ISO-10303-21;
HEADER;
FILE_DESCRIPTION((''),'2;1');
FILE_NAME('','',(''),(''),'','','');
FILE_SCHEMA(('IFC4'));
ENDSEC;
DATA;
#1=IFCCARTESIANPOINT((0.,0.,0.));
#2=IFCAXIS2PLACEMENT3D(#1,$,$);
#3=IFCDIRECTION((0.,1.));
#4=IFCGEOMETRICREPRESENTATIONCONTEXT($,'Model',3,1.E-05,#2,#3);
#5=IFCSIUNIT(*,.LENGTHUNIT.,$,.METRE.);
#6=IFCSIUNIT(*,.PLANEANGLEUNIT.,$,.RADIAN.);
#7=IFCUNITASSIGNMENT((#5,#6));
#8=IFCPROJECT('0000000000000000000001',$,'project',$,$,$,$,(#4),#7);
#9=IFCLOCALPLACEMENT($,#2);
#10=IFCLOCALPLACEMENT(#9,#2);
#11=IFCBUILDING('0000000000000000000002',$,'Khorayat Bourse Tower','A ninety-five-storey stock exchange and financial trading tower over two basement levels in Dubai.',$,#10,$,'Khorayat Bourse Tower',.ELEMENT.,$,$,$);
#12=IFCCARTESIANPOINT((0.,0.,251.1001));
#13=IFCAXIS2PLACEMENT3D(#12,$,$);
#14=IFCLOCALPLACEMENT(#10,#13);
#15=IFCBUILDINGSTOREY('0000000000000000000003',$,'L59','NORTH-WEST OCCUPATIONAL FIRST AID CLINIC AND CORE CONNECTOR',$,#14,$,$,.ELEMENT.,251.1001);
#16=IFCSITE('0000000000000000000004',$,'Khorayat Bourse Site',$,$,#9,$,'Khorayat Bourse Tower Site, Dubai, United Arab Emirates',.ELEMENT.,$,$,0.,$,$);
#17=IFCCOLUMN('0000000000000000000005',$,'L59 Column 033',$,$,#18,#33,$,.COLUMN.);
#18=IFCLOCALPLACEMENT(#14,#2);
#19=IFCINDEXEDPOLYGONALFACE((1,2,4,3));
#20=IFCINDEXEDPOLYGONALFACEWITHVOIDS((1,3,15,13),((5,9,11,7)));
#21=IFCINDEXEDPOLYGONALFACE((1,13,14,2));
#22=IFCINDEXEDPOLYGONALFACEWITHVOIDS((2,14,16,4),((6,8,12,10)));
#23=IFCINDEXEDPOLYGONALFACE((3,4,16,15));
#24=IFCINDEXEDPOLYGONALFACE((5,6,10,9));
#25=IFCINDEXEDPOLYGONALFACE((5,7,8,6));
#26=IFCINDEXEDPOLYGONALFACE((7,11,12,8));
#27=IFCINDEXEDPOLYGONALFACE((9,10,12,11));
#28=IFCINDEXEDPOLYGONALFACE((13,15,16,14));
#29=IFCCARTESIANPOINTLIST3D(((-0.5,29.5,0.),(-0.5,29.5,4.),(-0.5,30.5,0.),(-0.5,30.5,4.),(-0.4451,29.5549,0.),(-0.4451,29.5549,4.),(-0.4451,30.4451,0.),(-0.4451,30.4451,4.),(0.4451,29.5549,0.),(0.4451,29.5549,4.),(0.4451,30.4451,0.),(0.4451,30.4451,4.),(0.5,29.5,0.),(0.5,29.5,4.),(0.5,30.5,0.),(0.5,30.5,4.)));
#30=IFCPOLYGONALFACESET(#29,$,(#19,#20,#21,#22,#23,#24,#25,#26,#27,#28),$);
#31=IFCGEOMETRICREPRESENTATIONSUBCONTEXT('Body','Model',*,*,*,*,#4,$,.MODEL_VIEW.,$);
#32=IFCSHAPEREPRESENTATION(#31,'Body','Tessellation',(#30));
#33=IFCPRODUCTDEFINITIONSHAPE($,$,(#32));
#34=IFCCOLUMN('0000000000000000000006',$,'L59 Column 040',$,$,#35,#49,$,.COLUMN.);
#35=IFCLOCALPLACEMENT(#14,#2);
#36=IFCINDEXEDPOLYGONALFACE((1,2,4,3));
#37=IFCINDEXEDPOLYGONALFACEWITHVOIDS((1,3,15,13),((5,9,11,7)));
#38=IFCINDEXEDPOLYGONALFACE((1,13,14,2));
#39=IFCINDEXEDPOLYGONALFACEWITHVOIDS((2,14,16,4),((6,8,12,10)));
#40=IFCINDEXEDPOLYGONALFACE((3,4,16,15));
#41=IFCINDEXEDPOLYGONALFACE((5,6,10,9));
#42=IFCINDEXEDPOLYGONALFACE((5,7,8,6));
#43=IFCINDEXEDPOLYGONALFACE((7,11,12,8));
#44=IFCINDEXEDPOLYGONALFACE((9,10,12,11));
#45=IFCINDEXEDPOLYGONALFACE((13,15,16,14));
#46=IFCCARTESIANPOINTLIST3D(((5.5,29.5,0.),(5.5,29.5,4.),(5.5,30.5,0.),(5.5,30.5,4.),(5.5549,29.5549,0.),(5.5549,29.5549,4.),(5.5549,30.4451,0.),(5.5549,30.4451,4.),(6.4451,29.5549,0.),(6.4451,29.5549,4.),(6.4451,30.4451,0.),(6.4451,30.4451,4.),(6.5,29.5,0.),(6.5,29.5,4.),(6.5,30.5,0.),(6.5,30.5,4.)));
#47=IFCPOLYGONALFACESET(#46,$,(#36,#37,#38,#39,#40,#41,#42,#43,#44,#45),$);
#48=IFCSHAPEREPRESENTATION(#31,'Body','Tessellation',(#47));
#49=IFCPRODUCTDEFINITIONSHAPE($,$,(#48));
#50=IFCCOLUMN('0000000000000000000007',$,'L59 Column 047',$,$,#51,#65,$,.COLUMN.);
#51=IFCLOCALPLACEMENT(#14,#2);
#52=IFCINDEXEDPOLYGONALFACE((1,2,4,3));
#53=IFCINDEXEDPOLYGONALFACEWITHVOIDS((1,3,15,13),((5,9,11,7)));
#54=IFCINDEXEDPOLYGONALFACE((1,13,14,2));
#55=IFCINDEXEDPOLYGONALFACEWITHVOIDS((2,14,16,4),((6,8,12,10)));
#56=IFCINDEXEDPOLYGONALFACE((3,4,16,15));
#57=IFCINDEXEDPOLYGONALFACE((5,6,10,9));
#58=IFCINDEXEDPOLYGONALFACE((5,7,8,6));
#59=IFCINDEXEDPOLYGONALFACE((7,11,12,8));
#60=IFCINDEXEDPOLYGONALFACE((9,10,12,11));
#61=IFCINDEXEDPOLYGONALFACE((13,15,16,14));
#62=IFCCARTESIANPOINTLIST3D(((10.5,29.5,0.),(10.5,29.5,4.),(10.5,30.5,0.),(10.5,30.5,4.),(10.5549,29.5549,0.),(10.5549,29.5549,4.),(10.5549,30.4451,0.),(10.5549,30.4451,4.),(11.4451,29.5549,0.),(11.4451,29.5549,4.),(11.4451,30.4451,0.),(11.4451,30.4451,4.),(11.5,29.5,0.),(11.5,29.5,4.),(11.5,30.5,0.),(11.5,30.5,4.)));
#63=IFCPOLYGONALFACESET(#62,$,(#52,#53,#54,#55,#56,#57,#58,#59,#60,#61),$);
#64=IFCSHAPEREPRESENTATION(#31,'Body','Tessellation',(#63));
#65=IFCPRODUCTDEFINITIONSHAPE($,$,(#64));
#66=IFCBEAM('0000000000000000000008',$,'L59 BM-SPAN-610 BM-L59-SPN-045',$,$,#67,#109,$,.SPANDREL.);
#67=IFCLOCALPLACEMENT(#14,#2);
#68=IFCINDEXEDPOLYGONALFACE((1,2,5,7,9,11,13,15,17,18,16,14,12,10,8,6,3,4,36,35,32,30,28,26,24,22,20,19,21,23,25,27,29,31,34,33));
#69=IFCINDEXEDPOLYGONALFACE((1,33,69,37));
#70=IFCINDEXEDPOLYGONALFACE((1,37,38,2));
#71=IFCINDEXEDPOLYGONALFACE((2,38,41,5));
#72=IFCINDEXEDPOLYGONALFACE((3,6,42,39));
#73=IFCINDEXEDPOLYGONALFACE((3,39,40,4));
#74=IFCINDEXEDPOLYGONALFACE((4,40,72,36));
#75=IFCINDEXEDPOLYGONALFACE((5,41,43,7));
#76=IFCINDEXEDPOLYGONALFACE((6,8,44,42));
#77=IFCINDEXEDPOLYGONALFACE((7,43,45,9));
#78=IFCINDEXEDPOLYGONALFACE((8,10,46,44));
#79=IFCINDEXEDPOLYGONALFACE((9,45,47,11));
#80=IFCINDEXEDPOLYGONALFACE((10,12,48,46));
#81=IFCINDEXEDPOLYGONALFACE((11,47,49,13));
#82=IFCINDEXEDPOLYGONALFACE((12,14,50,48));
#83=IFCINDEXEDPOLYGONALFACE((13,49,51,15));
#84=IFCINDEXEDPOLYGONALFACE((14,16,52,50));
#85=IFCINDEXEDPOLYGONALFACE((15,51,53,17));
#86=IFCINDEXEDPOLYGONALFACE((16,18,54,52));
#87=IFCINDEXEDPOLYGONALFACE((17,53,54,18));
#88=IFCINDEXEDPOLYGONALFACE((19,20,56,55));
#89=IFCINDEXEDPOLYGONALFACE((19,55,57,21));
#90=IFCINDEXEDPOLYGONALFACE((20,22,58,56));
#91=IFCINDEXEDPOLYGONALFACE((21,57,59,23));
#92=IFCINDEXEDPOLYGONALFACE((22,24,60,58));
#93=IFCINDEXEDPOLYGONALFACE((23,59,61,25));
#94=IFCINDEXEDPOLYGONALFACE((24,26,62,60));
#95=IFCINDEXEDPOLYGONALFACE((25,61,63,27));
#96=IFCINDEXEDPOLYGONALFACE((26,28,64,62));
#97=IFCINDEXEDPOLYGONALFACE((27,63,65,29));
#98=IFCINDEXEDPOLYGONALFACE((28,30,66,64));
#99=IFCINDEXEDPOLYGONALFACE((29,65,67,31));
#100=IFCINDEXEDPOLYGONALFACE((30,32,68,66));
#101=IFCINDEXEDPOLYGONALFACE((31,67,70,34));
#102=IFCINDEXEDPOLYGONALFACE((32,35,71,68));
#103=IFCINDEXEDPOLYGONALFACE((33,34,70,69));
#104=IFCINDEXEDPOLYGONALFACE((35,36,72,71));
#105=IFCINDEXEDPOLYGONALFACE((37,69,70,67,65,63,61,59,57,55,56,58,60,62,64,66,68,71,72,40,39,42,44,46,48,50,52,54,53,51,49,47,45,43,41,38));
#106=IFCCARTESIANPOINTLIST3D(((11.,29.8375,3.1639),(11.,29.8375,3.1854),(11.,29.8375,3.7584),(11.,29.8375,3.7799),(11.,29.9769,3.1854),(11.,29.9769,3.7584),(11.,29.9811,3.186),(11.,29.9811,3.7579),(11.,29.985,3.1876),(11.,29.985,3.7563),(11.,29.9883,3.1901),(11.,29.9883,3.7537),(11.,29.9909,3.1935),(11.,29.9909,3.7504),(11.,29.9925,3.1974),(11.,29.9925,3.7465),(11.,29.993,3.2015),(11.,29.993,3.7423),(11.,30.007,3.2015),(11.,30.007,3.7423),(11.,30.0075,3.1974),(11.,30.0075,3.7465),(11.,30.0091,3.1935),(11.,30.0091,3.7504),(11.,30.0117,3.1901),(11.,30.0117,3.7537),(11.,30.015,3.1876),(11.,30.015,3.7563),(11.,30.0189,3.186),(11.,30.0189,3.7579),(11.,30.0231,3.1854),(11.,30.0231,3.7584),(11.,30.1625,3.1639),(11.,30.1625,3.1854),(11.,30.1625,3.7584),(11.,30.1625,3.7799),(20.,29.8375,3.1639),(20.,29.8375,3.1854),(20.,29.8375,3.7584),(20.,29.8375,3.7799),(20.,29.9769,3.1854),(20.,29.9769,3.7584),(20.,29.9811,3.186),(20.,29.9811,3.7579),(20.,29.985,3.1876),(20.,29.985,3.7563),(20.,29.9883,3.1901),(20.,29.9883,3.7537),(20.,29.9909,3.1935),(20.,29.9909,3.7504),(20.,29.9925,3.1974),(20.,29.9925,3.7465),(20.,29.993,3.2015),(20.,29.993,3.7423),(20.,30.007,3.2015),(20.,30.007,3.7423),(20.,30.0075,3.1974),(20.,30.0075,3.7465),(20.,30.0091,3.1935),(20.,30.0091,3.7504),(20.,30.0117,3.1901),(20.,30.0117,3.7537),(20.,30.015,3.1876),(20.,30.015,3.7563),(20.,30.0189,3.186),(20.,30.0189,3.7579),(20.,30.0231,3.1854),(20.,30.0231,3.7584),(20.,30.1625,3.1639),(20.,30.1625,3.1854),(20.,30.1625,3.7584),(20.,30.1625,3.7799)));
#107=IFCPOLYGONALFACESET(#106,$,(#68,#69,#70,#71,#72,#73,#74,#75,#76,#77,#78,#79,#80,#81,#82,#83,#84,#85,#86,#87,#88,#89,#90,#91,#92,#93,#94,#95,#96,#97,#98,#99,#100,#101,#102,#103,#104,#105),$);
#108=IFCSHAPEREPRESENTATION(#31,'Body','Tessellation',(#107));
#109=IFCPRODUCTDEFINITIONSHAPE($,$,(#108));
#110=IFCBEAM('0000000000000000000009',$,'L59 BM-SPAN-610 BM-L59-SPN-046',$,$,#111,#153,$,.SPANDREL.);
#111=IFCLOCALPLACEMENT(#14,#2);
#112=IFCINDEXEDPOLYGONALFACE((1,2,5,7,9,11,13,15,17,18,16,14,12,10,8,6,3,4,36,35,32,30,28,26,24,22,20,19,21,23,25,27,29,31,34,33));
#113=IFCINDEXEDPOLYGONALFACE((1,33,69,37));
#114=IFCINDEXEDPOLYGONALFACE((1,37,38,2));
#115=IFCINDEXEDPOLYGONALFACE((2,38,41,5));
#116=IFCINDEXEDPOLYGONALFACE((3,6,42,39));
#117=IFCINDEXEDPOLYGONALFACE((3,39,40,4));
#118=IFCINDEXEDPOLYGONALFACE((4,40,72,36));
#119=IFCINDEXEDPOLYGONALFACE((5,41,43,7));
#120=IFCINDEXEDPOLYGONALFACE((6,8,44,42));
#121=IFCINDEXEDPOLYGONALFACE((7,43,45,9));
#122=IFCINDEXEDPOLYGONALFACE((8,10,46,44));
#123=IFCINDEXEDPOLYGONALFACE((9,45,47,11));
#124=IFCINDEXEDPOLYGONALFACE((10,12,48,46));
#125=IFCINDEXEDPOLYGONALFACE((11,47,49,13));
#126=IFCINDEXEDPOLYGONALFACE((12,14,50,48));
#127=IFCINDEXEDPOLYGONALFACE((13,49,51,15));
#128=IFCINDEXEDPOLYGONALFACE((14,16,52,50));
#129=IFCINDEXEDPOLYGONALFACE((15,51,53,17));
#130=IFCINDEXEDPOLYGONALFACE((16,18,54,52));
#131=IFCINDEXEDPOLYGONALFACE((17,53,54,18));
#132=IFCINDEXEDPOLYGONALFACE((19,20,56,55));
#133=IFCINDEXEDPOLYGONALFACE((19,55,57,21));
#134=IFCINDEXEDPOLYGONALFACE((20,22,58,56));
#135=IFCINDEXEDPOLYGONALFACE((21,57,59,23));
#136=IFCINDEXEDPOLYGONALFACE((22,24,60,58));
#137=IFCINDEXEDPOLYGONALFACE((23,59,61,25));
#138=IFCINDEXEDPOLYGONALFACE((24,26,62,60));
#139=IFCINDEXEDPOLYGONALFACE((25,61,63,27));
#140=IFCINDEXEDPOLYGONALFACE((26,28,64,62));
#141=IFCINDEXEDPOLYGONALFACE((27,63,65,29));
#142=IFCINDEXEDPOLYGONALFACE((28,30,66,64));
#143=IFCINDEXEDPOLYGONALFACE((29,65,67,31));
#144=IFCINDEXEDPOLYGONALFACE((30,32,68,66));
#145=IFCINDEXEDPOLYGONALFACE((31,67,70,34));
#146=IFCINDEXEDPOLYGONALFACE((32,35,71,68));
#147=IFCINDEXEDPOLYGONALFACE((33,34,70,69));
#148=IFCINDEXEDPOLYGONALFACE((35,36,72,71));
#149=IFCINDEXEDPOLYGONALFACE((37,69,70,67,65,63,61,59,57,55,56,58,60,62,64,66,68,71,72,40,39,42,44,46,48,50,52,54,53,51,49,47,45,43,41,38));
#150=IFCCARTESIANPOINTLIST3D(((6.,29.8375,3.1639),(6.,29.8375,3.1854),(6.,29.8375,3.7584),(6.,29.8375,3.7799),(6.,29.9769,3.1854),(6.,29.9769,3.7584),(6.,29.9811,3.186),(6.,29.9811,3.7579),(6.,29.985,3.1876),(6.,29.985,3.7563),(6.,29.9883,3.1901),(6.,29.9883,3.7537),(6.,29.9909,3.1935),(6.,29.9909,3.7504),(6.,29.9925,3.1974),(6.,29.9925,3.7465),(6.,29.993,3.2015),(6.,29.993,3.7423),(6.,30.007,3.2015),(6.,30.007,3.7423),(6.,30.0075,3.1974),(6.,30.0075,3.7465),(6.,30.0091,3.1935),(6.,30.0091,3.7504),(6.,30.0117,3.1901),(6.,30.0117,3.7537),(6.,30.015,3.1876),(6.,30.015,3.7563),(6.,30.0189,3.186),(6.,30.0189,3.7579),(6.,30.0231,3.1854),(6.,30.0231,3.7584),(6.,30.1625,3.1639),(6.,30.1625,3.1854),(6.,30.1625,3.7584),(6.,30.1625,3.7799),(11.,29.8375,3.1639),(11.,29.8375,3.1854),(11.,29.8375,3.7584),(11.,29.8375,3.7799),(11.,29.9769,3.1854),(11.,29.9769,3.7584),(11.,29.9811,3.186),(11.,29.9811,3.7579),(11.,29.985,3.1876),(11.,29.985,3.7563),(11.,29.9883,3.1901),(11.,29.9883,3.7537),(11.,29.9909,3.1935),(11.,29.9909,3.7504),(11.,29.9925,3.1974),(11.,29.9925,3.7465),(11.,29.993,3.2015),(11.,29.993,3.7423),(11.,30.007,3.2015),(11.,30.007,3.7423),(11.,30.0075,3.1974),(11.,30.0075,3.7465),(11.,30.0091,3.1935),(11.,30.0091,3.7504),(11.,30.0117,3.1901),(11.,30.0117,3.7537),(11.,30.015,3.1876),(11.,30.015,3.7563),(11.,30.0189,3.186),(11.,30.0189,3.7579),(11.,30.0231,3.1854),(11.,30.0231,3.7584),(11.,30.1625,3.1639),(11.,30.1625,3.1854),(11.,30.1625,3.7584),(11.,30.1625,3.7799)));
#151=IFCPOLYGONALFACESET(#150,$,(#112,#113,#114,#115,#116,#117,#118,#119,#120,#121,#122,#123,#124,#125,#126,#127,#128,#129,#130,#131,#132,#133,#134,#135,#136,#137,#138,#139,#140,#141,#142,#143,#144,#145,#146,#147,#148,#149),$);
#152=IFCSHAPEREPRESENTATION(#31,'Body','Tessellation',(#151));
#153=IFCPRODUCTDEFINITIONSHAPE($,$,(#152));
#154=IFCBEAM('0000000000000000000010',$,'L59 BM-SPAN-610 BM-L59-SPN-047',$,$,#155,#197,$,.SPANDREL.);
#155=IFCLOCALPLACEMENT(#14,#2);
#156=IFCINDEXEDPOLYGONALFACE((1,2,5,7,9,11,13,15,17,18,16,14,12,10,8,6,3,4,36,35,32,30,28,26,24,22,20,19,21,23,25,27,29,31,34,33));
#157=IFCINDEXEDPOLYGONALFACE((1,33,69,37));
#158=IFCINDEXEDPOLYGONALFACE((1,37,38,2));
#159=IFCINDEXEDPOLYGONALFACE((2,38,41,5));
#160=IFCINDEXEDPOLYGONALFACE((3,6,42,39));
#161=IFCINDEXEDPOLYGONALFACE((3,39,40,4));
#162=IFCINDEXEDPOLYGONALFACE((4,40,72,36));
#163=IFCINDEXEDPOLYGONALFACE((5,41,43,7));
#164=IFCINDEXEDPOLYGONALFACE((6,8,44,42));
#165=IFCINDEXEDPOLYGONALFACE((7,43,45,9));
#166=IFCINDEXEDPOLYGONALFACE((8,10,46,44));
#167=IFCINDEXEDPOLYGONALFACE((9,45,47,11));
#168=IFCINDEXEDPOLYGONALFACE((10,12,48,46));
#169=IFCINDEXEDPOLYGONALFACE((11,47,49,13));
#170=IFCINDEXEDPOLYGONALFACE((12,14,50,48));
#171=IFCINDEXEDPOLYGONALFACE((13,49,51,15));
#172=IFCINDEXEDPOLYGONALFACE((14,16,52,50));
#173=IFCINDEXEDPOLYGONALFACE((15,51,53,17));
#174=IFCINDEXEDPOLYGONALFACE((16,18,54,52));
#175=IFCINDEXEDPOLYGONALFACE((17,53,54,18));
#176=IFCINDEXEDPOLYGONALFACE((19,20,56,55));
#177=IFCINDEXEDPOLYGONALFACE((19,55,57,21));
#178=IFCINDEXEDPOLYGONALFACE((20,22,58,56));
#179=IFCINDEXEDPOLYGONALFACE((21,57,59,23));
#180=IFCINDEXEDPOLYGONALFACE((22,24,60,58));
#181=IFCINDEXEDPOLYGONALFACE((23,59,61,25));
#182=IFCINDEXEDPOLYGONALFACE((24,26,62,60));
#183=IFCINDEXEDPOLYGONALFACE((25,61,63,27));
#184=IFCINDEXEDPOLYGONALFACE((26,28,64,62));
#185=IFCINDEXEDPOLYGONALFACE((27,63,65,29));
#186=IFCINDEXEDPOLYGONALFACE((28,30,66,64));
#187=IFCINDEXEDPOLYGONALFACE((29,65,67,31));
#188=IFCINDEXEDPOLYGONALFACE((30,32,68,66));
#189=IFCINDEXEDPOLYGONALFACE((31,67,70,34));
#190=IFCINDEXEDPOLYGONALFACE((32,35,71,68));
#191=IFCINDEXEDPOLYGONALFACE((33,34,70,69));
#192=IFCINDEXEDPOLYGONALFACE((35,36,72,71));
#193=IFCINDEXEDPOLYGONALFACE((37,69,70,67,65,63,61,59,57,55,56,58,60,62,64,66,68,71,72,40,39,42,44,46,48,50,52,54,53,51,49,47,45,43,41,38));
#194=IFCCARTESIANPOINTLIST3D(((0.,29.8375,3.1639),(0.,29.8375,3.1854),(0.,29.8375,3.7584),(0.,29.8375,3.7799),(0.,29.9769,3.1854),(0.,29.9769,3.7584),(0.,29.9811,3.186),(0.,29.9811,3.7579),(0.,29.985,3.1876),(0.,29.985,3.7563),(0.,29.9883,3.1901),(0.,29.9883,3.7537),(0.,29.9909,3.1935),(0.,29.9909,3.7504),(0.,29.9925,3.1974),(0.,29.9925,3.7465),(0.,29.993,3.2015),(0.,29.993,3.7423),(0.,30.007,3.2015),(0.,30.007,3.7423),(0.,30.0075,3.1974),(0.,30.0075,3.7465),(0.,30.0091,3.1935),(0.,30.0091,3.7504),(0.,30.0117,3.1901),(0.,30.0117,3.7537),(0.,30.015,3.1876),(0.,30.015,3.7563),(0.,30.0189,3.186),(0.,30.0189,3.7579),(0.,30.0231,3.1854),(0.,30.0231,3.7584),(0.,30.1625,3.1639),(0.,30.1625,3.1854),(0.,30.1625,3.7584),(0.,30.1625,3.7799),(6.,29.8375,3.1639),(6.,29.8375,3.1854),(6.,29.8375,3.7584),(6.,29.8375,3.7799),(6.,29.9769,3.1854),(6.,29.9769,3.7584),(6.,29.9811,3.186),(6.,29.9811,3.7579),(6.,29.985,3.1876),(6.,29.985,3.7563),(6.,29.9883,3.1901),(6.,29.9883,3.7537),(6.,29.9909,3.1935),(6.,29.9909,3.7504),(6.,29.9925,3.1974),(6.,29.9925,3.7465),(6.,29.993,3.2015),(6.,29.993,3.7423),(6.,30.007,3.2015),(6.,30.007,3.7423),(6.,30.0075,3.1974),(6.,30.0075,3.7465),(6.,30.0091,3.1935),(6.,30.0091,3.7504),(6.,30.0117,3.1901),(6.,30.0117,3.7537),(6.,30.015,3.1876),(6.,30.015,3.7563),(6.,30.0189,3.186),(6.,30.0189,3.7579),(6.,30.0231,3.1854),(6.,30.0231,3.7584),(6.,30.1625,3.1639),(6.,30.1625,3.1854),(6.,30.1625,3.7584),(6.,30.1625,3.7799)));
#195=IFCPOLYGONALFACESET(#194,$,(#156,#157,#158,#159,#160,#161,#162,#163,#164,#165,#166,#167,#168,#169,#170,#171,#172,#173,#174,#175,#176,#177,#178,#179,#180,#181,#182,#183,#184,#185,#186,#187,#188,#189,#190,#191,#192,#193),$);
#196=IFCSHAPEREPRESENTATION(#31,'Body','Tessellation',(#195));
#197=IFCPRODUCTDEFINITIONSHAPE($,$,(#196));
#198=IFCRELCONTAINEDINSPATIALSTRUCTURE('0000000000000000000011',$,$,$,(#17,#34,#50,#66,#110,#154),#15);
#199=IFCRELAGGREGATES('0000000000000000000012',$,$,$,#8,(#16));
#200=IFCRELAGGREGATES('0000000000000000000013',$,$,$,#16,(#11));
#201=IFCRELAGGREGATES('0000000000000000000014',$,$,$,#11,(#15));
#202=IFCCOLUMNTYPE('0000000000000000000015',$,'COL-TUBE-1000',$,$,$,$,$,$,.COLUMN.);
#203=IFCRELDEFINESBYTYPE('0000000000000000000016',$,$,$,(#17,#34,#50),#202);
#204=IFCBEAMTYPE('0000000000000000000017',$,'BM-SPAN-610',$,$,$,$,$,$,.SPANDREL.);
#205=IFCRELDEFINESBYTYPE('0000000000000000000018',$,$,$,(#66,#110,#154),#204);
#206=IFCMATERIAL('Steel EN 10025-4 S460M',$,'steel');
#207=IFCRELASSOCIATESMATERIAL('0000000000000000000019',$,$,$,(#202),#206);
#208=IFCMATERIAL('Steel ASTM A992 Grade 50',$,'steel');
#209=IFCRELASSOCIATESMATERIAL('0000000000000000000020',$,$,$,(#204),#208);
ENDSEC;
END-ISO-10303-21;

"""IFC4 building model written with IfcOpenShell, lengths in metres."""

from ifc_helpers import new_model, si_unit, direction, frame, origin, origin_2d, place, context, subcontext, project, spatial, hollow_rectangle, i_section, extrude, source, transform, mapped, material, material_profile, profile_set, type_object, element, save


model = new_model("IFC4")

# Units and contexts
model_context = context("Model", 3, precision=1e-05, world=origin(), true_north=direction((0.0, 1.0)))
body_context = subcontext(model_context, "Body", "Model", "MODEL_VIEW")
ifc_project = project(units=[si_unit("LENGTHUNIT", "METRE"), si_unit("PLANEANGLEUNIT", "RADIAN")], contexts=[model_context])

# Site, building, storey
site_placement = place(None, origin())
site = spatial("IfcSite", under=ifc_project, at=site_placement, Name="Khorayat Bourse Site", LongName="Khorayat Bourse Tower Site, Dubai, United Arab Emirates", CompositionType="ELEMENT", RefElevation=0.0)
building_placement = place(site_placement, origin())
building = spatial("IfcBuilding", under=site, at=building_placement, Name="Khorayat Bourse Tower", Description="A ninety-five-storey stock exchange and financial trading tower over two basement levels in Dubai.", LongName="Khorayat Bourse Tower", CompositionType="ELEMENT")
storey_placement = place(building_placement, frame((0.0, 0.0, 251.1001)))
storey = spatial("IfcBuildingStorey", under=building, at=storey_placement, Name="L59", Description="NORTH-WEST OCCUPATIONAL FIRST AID CLINIC AND CORE CONNECTOR", CompositionType="ELEMENT", Elevation=251.1001)

# Columns
ifc_material_1 = material(Name="Steel EN 10025-4 S460M", Category="steel")
ifc_material_profile_1 = material_profile(ifc_material_1, hollow_rectangle(XDim=1.0, YDim=1.0, WallThickness=0.0549, at=origin_2d()), Name="BOX 1000x1000x55")
ifc_profile_set_1 = profile_set([ifc_material_profile_1], Name="Steel EN 10025-4 S460M")
column_type = type_object("IfcColumnType", Name="COL-TUBE-1000", PredefinedType="COLUMN", material=ifc_profile_set_1)
shared_shape_1 = source(origin(), body_context, "Body", "SweptSolid", [
    extrude(hollow_rectangle(XDim=1.0, YDim=1.0, WallThickness=0.0549, at=origin_2d()), origin(), (0.0, 0.0, 1.0), 4.0),
])
for number, where, z_axis, x_axis, name in (
    (1, (0.0, 30.0, 0.0), (0.0, 0.0, 1.0), (1.0, 0.0, 0.0), "L59 Column 033"),
    (2, (6.0, 30.0, 0.0), (0.0, 0.0, 1.0), (1.0, 0.0, 0.0), "L59 Column 040"),
    (3, (11.0, 30.0, 0.0), (0.0, 0.0, 1.0), (1.0, 0.0, 0.0), "L59 Column 047"),
):
    element("IfcColumn", number, at=place(storey_placement, frame(where, z_axis=z_axis, x_axis=x_axis)), inside=storey, type_object=column_type, Name=name, PredefinedType="COLUMN", context=body_context, shape_type="MappedRepresentation", body=[
        mapped(shared_shape_1, transform((0.0, 0.0, 0.0), scale=1.0)),
    ])

# Beams
ifc_material_2 = material(Name="Steel ASTM A992 Grade 50", Category="steel")
ifc_material_profile_2 = material_profile(ifc_material_2, i_section(OverallWidth=0.325, OverallDepth=0.616, WebThickness=0.0139, FlangeThickness=0.0215, FilletRadius=0.0161, at=origin_2d()), Name="W610X174")
ifc_profile_set_2 = profile_set([ifc_material_profile_2], Name="Steel ASTM A992 Grade 50")
beam_type_1 = type_object("IfcBeamType", Name="BM-SPAN-610", PredefinedType="SPANDREL", material=ifc_profile_set_2)
shared_shape_2 = source(origin(), body_context, "Body", "SweptSolid", [
    extrude(i_section(OverallWidth=0.325, OverallDepth=0.616, WebThickness=0.0139, FlangeThickness=0.0215, FilletRadius=0.0161, at=origin_2d()), origin(), (0.0, 0.0, 1.0), 9.0),
])
beam_1_placement = place(storey_placement, frame((11.0, 30.0, 3.4719), z_axis=(1.0, 0.0, 0.0), x_axis=(0.0, 1.0, 0.0)))
element("IfcBeam", 4, at=beam_1_placement, inside=storey, type_object=beam_type_1, Name="L59 BM-SPAN-610 BM-L59-SPN-045", PredefinedType="SPANDREL", context=body_context, shape_type="MappedRepresentation", body=[
    mapped(shared_shape_2, transform((0.0, 0.0, 0.0), scale=1.0)),
])
shared_shape_3 = source(origin(), body_context, "Body", "SweptSolid", [
    extrude(i_section(OverallWidth=0.325, OverallDepth=0.616, WebThickness=0.0139, FlangeThickness=0.0215, FilletRadius=0.0161, at=origin_2d()), origin(), (0.0, 0.0, 1.0), 5.0),
])
beam_2_placement = place(storey_placement, frame((6.0, 30.0, 3.4719), z_axis=(1.0, 0.0, 0.0), x_axis=(0.0, 1.0, 0.0)))
element("IfcBeam", 5, at=beam_2_placement, inside=storey, type_object=beam_type_1, Name="L59 BM-SPAN-610 BM-L59-SPN-046", PredefinedType="SPANDREL", context=body_context, shape_type="MappedRepresentation", body=[
    mapped(shared_shape_3, transform((0.0, 0.0, 0.0), scale=1.0)),
])
shared_shape_4 = source(origin(), body_context, "Body", "SweptSolid", [
    extrude(i_section(OverallWidth=0.325, OverallDepth=0.616, WebThickness=0.0139, FlangeThickness=0.0215, FilletRadius=0.0161, at=origin_2d()), origin(), (0.0, 0.0, 1.0), 6.0),
])
beam_3_placement = place(storey_placement, frame((0.0, 30.0, 3.4719), z_axis=(1.0, 0.0, 0.0), x_axis=(0.0, 1.0, 0.0)))
element("IfcBeam", 6, at=beam_3_placement, inside=storey, type_object=beam_type_1, Name="L59 BM-SPAN-610 BM-L59-SPN-047", PredefinedType="SPANDREL", context=body_context, shape_type="MappedRepresentation", body=[
    mapped(shared_shape_4, transform((0.0, 0.0, 0.0), scale=1.0)),
])

save(model, "model.ifc")
